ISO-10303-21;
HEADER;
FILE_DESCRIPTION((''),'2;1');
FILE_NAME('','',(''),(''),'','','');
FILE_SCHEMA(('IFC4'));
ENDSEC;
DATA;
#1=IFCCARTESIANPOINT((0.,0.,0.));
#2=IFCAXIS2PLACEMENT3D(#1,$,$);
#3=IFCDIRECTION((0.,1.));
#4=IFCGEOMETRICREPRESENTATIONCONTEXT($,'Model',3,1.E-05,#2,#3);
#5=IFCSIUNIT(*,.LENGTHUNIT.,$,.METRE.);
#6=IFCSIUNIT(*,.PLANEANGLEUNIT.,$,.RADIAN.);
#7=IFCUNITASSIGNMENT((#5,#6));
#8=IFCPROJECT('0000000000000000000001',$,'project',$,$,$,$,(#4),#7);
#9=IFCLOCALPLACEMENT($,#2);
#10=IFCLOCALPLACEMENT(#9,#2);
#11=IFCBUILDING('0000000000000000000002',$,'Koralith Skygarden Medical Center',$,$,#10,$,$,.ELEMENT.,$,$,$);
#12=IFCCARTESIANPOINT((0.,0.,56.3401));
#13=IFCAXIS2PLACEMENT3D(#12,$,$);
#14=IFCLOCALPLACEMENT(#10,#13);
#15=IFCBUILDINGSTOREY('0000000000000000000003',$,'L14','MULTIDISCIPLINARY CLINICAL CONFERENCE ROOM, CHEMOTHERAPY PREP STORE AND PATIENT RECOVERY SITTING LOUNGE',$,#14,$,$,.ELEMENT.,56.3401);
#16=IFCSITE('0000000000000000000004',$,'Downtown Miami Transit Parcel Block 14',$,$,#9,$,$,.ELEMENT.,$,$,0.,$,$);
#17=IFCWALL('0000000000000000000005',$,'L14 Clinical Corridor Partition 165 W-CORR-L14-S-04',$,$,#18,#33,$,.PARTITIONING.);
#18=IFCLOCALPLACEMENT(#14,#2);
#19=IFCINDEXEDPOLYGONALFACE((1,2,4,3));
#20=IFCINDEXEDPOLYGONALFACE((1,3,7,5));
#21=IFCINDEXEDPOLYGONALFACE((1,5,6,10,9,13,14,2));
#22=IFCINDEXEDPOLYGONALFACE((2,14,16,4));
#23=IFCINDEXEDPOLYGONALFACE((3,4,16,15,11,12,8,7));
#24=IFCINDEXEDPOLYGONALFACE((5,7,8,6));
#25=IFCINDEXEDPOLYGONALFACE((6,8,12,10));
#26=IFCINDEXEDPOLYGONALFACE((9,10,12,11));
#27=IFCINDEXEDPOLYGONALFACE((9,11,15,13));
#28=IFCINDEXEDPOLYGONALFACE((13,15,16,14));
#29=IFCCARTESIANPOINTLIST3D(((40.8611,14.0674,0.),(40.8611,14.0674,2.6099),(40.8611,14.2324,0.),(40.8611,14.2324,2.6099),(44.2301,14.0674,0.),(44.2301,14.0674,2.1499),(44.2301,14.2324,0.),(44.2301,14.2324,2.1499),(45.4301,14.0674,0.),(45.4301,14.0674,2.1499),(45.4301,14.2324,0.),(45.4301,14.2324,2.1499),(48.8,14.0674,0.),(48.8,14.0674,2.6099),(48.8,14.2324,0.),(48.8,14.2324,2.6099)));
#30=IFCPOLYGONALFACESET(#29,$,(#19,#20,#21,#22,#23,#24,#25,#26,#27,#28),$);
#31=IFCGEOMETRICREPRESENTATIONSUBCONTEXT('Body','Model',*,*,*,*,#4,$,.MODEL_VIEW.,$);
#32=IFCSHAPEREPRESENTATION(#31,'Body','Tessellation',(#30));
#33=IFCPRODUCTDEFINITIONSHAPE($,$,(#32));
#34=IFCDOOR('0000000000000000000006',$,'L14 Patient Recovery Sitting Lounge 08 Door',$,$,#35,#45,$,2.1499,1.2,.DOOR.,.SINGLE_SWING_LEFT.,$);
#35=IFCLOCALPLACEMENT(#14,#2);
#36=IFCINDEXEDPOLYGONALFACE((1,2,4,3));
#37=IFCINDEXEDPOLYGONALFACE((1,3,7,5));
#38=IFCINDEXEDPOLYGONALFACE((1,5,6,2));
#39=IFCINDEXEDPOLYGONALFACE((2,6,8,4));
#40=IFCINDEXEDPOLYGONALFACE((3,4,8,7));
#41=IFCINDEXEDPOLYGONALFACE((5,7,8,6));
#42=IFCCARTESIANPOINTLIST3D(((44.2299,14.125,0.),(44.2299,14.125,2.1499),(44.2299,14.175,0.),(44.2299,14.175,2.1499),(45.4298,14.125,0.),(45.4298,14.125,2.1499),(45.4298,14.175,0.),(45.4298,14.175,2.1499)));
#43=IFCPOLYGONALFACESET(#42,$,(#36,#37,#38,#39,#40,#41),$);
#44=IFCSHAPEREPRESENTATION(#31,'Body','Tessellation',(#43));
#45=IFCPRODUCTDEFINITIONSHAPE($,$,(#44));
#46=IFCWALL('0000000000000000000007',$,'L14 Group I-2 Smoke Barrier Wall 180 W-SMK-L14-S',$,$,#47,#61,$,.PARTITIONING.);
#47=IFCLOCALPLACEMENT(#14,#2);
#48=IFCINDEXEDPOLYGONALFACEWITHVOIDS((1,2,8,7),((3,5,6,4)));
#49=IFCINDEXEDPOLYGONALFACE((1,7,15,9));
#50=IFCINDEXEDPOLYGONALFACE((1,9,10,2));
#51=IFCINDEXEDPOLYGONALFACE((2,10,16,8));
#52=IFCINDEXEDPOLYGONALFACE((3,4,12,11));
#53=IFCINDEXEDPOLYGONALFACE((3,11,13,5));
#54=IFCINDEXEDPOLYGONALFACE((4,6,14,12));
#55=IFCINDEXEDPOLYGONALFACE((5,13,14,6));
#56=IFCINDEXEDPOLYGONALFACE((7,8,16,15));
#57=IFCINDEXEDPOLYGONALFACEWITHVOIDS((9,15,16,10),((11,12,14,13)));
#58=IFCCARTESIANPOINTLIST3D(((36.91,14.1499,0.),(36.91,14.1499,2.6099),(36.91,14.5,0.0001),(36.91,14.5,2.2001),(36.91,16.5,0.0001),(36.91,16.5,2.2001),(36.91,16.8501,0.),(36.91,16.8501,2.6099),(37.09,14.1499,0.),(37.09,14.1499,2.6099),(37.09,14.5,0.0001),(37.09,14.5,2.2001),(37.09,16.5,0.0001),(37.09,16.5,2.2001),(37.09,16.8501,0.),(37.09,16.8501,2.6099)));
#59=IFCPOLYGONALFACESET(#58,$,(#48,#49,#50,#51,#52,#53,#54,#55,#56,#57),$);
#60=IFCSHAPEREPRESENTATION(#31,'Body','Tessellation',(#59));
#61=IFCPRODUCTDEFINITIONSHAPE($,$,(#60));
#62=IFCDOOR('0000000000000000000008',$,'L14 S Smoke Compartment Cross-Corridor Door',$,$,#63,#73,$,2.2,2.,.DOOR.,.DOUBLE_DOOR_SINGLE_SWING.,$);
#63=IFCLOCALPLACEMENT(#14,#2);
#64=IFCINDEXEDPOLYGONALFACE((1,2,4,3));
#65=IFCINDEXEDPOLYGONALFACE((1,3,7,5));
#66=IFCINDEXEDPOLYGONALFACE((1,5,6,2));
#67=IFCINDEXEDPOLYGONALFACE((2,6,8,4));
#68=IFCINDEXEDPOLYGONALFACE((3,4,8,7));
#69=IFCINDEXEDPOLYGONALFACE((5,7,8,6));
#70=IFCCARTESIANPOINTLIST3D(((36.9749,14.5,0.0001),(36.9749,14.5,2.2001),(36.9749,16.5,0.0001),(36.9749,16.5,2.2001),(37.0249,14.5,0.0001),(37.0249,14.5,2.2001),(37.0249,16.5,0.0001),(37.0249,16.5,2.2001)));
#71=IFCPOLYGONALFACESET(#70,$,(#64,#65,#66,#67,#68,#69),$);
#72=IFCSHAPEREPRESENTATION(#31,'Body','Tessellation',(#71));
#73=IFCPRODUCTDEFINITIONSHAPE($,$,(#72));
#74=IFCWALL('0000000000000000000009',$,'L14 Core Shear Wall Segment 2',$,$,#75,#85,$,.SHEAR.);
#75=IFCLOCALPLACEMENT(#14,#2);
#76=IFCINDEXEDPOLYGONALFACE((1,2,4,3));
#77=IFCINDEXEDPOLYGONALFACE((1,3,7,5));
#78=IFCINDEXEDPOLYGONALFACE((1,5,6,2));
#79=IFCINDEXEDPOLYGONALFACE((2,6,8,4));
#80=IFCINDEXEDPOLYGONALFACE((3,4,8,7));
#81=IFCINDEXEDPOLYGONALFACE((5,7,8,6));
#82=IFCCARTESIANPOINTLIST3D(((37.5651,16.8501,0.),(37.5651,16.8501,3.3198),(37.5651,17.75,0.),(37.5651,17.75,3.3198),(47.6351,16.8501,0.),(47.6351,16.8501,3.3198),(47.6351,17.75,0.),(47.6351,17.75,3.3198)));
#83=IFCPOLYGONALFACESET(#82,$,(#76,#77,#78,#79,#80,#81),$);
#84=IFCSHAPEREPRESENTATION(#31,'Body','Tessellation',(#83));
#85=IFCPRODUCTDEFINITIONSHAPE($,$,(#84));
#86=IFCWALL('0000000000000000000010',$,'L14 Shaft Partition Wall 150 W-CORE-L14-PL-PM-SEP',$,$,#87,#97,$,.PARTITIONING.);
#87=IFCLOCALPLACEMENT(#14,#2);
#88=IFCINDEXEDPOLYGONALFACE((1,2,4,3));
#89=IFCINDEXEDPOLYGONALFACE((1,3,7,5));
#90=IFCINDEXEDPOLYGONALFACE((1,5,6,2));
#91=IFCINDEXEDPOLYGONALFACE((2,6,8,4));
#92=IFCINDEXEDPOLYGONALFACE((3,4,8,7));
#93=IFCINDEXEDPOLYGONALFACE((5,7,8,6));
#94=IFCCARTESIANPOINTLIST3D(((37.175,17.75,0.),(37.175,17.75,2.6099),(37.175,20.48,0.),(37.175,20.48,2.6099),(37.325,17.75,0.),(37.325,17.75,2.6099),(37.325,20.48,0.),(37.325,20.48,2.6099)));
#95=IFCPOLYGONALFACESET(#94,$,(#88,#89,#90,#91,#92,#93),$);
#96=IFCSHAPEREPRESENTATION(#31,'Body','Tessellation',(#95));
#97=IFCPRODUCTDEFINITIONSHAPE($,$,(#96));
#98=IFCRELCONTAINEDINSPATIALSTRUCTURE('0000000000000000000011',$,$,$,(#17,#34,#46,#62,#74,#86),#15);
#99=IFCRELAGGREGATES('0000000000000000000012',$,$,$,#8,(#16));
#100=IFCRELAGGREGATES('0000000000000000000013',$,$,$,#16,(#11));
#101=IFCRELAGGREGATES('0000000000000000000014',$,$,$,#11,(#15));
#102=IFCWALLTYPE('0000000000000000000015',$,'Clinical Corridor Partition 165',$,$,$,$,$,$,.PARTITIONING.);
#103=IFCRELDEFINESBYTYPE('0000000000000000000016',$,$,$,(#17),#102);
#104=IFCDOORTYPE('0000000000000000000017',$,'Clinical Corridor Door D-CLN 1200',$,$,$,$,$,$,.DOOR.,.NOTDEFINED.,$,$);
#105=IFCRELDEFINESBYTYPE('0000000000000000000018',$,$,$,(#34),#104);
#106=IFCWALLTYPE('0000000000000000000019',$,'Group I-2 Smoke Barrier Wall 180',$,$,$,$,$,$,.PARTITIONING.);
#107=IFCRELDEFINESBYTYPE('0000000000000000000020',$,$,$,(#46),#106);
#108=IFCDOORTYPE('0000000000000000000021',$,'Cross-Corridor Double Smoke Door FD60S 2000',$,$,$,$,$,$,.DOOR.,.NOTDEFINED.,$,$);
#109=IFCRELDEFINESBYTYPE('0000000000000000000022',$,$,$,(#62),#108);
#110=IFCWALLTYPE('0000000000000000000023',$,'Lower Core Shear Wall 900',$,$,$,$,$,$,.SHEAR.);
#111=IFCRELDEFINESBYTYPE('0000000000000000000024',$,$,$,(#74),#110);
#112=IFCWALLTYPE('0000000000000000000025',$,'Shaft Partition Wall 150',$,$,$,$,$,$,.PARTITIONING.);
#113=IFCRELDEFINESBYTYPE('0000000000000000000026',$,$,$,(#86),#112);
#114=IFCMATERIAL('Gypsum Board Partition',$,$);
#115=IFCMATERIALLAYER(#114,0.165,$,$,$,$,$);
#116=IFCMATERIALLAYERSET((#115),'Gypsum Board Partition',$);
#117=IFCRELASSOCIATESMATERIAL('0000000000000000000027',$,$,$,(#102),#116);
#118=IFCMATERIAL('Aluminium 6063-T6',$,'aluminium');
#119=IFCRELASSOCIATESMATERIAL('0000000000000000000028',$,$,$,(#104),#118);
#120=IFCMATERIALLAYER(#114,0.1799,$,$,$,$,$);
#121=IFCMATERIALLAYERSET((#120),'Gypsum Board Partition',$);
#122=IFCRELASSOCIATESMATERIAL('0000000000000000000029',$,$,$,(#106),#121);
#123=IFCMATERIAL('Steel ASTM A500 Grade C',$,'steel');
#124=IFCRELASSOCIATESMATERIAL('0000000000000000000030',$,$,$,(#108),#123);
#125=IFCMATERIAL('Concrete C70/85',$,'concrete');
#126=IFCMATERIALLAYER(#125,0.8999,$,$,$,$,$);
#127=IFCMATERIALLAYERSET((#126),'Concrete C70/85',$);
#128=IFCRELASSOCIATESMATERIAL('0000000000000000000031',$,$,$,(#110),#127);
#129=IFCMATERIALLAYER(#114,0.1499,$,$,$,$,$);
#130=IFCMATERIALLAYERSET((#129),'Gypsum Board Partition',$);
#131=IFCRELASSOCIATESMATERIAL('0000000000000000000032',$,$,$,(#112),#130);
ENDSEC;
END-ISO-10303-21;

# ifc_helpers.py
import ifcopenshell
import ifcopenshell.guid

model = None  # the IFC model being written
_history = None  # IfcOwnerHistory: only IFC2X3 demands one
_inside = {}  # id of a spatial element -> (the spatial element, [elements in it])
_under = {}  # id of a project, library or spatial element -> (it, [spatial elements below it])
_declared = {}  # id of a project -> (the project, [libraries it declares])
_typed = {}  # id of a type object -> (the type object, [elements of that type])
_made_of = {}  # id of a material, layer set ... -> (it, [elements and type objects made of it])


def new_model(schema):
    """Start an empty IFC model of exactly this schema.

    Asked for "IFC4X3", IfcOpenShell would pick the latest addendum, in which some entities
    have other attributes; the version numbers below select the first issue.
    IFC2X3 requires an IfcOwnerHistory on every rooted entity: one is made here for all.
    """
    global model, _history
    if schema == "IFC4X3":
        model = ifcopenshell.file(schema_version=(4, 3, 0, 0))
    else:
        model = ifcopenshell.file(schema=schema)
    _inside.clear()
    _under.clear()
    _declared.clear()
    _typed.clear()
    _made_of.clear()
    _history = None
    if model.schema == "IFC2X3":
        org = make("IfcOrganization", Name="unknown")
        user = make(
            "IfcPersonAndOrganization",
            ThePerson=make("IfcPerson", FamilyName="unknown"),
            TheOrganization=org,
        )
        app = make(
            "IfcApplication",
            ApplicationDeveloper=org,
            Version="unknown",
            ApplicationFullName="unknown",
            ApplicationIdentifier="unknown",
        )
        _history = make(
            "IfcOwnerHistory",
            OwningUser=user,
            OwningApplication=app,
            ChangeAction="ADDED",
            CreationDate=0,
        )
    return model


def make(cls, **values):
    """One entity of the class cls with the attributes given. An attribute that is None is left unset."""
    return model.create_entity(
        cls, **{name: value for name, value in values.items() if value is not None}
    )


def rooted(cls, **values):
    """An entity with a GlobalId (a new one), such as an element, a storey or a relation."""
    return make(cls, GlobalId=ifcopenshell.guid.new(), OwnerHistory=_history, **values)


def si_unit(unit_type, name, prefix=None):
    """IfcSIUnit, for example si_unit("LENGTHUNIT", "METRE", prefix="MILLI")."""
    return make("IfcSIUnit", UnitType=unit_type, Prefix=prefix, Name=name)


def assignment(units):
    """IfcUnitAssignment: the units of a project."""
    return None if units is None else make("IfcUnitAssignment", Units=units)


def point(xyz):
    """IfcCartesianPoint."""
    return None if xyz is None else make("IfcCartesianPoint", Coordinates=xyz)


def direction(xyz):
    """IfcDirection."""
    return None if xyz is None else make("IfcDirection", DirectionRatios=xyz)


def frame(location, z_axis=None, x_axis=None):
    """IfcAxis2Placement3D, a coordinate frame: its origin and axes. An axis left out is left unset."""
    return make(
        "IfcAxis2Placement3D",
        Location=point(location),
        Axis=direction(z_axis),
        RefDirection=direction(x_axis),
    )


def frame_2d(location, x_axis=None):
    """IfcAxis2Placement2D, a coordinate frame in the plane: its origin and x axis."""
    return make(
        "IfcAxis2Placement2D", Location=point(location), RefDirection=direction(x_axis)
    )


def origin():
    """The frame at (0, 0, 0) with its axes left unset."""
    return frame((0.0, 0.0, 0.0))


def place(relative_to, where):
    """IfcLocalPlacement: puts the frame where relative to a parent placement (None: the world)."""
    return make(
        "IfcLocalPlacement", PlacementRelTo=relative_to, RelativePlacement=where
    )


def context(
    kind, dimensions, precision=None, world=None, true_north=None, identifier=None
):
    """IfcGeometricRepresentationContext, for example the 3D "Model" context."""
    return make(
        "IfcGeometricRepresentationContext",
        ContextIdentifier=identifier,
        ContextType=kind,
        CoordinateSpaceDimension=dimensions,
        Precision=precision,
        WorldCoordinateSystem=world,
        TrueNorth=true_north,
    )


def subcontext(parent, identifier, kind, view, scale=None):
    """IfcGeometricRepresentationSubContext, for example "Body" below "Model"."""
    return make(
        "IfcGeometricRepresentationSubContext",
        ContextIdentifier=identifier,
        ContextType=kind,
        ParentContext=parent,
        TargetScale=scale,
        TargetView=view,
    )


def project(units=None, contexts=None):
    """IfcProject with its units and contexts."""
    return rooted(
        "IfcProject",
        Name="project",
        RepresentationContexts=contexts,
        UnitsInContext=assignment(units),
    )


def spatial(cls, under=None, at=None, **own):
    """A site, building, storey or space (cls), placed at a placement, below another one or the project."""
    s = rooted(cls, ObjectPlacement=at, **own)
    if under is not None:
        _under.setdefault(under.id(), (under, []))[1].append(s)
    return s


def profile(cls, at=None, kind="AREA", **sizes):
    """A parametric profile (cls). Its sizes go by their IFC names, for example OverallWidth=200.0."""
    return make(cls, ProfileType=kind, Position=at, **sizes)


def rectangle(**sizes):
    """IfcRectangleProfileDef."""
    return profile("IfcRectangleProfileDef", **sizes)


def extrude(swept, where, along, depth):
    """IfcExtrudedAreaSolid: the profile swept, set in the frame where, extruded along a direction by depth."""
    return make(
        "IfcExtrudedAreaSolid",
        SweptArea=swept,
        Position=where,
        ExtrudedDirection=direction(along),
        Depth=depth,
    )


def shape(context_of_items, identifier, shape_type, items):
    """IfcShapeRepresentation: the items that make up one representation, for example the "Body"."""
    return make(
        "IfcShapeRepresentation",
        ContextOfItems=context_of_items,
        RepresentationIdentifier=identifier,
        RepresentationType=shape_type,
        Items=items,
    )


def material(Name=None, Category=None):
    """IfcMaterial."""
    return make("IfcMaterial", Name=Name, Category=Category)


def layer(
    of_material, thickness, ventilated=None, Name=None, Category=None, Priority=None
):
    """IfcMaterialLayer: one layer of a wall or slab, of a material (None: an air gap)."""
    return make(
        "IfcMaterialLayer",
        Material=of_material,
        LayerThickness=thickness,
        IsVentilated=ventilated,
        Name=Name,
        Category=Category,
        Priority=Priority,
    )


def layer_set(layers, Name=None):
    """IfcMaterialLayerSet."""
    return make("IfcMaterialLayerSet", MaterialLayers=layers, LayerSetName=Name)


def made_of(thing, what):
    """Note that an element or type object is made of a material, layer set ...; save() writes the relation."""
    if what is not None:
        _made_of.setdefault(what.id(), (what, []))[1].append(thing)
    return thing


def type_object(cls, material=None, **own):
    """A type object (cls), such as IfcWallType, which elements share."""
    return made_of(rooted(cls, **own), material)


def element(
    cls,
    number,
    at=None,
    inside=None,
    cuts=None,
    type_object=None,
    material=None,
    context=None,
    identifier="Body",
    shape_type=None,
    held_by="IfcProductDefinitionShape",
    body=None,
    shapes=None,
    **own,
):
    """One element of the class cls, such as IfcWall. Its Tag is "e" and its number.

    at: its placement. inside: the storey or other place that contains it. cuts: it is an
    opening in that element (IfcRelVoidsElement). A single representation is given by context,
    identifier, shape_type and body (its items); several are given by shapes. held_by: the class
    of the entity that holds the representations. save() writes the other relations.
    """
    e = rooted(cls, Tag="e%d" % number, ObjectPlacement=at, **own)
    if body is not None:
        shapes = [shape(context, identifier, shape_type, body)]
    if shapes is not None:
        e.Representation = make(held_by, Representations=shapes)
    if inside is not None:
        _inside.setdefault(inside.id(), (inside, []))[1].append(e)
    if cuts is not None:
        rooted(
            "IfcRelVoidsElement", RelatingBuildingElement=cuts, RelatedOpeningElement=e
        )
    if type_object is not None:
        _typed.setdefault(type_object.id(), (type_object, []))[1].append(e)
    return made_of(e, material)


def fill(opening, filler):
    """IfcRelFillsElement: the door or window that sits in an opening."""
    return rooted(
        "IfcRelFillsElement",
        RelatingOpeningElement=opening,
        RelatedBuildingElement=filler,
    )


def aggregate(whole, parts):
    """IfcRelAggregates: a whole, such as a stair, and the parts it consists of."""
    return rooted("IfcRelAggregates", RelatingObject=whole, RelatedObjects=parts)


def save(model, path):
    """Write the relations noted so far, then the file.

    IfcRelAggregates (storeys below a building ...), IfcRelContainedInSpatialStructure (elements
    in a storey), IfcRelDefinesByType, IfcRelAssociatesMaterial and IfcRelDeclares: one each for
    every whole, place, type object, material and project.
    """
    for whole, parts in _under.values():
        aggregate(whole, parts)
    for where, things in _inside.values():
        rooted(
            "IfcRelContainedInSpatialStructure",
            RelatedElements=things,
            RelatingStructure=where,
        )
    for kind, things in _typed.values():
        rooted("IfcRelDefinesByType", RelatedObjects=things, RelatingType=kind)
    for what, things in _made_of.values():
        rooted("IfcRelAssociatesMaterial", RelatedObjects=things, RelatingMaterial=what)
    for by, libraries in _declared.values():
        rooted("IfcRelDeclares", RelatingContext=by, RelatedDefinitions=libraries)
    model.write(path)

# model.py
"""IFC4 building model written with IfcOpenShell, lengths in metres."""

from ifc_helpers import new_model, si_unit, direction, frame, frame_2d, origin, place, context, subcontext, project, spatial, rectangle, extrude, material, layer, layer_set, type_object, element, fill, save


model = new_model("IFC4")

# Units and contexts
model_context = context("Model", 3, precision=1e-05, world=origin(), true_north=direction((0.0, 1.0)))
body_context = subcontext(model_context, "Body", "Model", "MODEL_VIEW")
ifc_project = project(units=[si_unit("LENGTHUNIT", "METRE"), si_unit("PLANEANGLEUNIT", "RADIAN")], contexts=[model_context])

# Site, building, storey
site_placement = place(None, origin())
site = spatial("IfcSite", under=ifc_project, at=site_placement, Name="Downtown Miami Transit Parcel Block 14", CompositionType="ELEMENT", RefElevation=0.0)
building_placement = place(site_placement, origin())
building = spatial("IfcBuilding", under=site, at=building_placement, Name="Koralith Skygarden Medical Center", CompositionType="ELEMENT")
storey_placement = place(building_placement, frame((0.0, 0.0, 56.3401)))
storey = spatial("IfcBuildingStorey", under=building, at=storey_placement, Name="L14", Description="MULTIDISCIPLINARY CLINICAL CONFERENCE ROOM, CHEMOTHERAPY PREP STORE AND PATIENT RECOVERY SITTING LOUNGE", CompositionType="ELEMENT", Elevation=56.3401)

# Shared definitions
ifc_material_1 = material(Name="Concrete C70/85", Category="concrete")

# Shared definitions
ifc_material_2 = material(Name="Aluminium 6063-T6", Category="aluminium")

# Shared definitions
ifc_material_3 = material(Name="Gypsum Board Partition")
ifc_layer_1 = layer(ifc_material_3, 0.165)
ifc_layer_set_1 = layer_set([ifc_layer_1], Name="Gypsum Board Partition")
wall_type_1 = type_object("IfcWallType", Name="Clinical Corridor Partition 165", PredefinedType="PARTITIONING", material=ifc_layer_set_1)

# Walls, openings, doors
wall_1_placement = place(storey_placement, frame((40.8611, 14.1499, 0.0), z_axis=(0.0, 0.0, 1.0), x_axis=(1.0, 0.0, 0.0)))
wall_1 = element("IfcWall", 1, at=wall_1_placement, inside=storey, type_object=wall_type_1, Name="L14 Clinical Corridor Partition 165 W-CORR-L14-S-04", PredefinedType="PARTITIONING", context=body_context, shape_type="SweptSolid", body=[
    extrude(rectangle(XDim=7.939, YDim=0.165, at=frame_2d((3.9695, 0.0))), origin(), (0.0, 0.0, 1.0), 2.6099),
])
opening_1_placement = place(wall_1_placement, frame((3.3689, 0.0, 0.0)))
opening_1 = element("IfcOpeningElement", 2, at=opening_1_placement, cuts=wall_1, PredefinedType="OPENING", context=body_context, shape_type="SweptSolid", body=[
    extrude(rectangle(XDim=1.2, YDim=2.1499, at=frame_2d((0.6001, 1.075))), frame((0.0, 0.0925, 0.0), z_axis=(0.0, -1.0, 0.0), x_axis=(1.0, 0.0, 0.0)), (0.0, 0.0, 1.0), 0.1851),
])
door_type_1 = type_object("IfcDoorType", Name="Clinical Corridor Door D-CLN 1200", OperationType="NOTDEFINED", PredefinedType="DOOR", material=ifc_material_2)
door_1_placement = place(opening_1_placement, frame((1.2, 0.0, 0.0), z_axis=(0.0, 0.0, 1.0), x_axis=(-1.0, 0.0, 0.0)))
door_1 = element("IfcDoor", 3, at=door_1_placement, inside=storey, type_object=door_type_1, Name="L14 Patient Recovery Sitting Lounge 08 Door", OperationType="SINGLE_SWING_LEFT", OverallHeight=2.1499, OverallWidth=1.2, PredefinedType="DOOR", context=body_context, shape_type="SweptSolid", body=[
    extrude(rectangle(XDim=1.2, YDim=2.1499, at=frame_2d((0.6001, 1.075))), frame((0.0, 0.0249, 0.0), z_axis=(0.0, -1.0, 0.0), x_axis=(1.0, 0.0, 0.0)), (0.0, 0.0, 1.0), 0.05),
])
fill(opening_1, door_1)
ifc_layer_2 = layer(ifc_material_3, 0.1799)
ifc_layer_set_2 = layer_set([ifc_layer_2], Name="Gypsum Board Partition")
wall_type_2 = type_object("IfcWallType", Name="Group I-2 Smoke Barrier Wall 180", PredefinedType="PARTITIONING", material=ifc_layer_set_2)
wall_2_placement = place(storey_placement, frame((37.0, 14.1499, 0.0), z_axis=(0.0, 0.0, 1.0), x_axis=(0.0, 1.0, 0.0)))
wall_2 = element("IfcWall", 4, at=wall_2_placement, inside=storey, type_object=wall_type_2, Name="L14 Group I-2 Smoke Barrier Wall 180 W-SMK-L14-S", PredefinedType="PARTITIONING", context=body_context, shape_type="SweptSolid", body=[
    extrude(rectangle(XDim=2.7002, YDim=0.1799, at=frame_2d((1.3501, 0.0))), origin(), (0.0, 0.0, 1.0), 2.6099),
])
opening_2_placement = place(wall_2_placement, frame((0.3501, 0.0, 0.0)))
opening_2 = element("IfcOpeningElement", 5, at=opening_2_placement, cuts=wall_2, PredefinedType="OPENING", context=body_context, shape_type="SweptSolid", body=[
    extrude(rectangle(XDim=2.0, YDim=2.2, at=frame_2d((1.0, 1.1001))), frame((0.0, 0.0999, 0.0), z_axis=(0.0, -1.0, 0.0), x_axis=(1.0, 0.0, 0.0)), (0.0, 0.0, 1.0), 0.2),
])
ifc_material_4 = material(Name="Steel ASTM A500 Grade C", Category="steel")
door_type_2 = type_object("IfcDoorType", Name="Cross-Corridor Double Smoke Door FD60S 2000", OperationType="NOTDEFINED", PredefinedType="DOOR", material=ifc_material_4)
door_2_placement = place(opening_2_placement, frame((2.0, 0.0, 0.0), z_axis=(0.0, 0.0, 1.0), x_axis=(-1.0, 0.0, 0.0)))
door_2 = element("IfcDoor", 6, at=door_2_placement, inside=storey, type_object=door_type_2, Name="L14 S Smoke Compartment Cross-Corridor Door", OperationType="DOUBLE_DOOR_SINGLE_SWING", OverallHeight=2.2, OverallWidth=2.0, PredefinedType="DOOR", context=body_context, shape_type="SweptSolid", body=[
    extrude(rectangle(XDim=2.0, YDim=2.2, at=frame_2d((1.0, 1.1001))), frame((0.0, 0.0249, 0.0), z_axis=(0.0, -1.0, 0.0), x_axis=(1.0, 0.0, 0.0)), (0.0, 0.0, 1.0), 0.05),
])
fill(opening_2, door_2)

# Walls
ifc_layer_3 = layer(ifc_material_1, 0.8999)
ifc_layer_set_3 = layer_set([ifc_layer_3], Name="Concrete C70/85")
wall_type_3 = type_object("IfcWallType", Name="Lower Core Shear Wall 900", PredefinedType="SHEAR", material=ifc_layer_set_3)
wall_3_placement = place(storey_placement, frame((37.5649, 17.3, 0.0), z_axis=(0.0, 0.0, 1.0), x_axis=(1.0, 0.0, 0.0)))
element("IfcWall", 7, at=wall_3_placement, inside=storey, type_object=wall_type_3, Name="L14 Core Shear Wall Segment 2", PredefinedType="SHEAR", context=body_context, shape_type="SweptSolid", body=[
    extrude(rectangle(XDim=10.0701, YDim=0.8999, at=frame_2d((5.0352, 0.0))), origin(), (0.0, 0.0, 1.0), 3.3198),
])
ifc_layer_4 = layer(ifc_material_3, 0.1499)
ifc_layer_set_4 = layer_set([ifc_layer_4], Name="Gypsum Board Partition")
wall_type_4 = type_object("IfcWallType", Name="Shaft Partition Wall 150", PredefinedType="PARTITIONING", material=ifc_layer_set_4)
wall_4_placement = place(storey_placement, frame((37.25, 17.75, 0.0), z_axis=(0.0, 0.0, 1.0), x_axis=(0.0, 1.0, 0.0)))
element("IfcWall", 8, at=wall_4_placement, inside=storey, type_object=wall_type_4, Name="L14 Shaft Partition Wall 150 W-CORE-L14-PL-PM-SEP", PredefinedType="PARTITIONING", context=body_context, shape_type="SweptSolid", body=[
    extrude(rectangle(XDim=2.73, YDim=0.1499, at=frame_2d((1.365, 0.0))), origin(), (0.0, 0.0, 1.0), 2.6099),
])

save(model, "model.ifc")
